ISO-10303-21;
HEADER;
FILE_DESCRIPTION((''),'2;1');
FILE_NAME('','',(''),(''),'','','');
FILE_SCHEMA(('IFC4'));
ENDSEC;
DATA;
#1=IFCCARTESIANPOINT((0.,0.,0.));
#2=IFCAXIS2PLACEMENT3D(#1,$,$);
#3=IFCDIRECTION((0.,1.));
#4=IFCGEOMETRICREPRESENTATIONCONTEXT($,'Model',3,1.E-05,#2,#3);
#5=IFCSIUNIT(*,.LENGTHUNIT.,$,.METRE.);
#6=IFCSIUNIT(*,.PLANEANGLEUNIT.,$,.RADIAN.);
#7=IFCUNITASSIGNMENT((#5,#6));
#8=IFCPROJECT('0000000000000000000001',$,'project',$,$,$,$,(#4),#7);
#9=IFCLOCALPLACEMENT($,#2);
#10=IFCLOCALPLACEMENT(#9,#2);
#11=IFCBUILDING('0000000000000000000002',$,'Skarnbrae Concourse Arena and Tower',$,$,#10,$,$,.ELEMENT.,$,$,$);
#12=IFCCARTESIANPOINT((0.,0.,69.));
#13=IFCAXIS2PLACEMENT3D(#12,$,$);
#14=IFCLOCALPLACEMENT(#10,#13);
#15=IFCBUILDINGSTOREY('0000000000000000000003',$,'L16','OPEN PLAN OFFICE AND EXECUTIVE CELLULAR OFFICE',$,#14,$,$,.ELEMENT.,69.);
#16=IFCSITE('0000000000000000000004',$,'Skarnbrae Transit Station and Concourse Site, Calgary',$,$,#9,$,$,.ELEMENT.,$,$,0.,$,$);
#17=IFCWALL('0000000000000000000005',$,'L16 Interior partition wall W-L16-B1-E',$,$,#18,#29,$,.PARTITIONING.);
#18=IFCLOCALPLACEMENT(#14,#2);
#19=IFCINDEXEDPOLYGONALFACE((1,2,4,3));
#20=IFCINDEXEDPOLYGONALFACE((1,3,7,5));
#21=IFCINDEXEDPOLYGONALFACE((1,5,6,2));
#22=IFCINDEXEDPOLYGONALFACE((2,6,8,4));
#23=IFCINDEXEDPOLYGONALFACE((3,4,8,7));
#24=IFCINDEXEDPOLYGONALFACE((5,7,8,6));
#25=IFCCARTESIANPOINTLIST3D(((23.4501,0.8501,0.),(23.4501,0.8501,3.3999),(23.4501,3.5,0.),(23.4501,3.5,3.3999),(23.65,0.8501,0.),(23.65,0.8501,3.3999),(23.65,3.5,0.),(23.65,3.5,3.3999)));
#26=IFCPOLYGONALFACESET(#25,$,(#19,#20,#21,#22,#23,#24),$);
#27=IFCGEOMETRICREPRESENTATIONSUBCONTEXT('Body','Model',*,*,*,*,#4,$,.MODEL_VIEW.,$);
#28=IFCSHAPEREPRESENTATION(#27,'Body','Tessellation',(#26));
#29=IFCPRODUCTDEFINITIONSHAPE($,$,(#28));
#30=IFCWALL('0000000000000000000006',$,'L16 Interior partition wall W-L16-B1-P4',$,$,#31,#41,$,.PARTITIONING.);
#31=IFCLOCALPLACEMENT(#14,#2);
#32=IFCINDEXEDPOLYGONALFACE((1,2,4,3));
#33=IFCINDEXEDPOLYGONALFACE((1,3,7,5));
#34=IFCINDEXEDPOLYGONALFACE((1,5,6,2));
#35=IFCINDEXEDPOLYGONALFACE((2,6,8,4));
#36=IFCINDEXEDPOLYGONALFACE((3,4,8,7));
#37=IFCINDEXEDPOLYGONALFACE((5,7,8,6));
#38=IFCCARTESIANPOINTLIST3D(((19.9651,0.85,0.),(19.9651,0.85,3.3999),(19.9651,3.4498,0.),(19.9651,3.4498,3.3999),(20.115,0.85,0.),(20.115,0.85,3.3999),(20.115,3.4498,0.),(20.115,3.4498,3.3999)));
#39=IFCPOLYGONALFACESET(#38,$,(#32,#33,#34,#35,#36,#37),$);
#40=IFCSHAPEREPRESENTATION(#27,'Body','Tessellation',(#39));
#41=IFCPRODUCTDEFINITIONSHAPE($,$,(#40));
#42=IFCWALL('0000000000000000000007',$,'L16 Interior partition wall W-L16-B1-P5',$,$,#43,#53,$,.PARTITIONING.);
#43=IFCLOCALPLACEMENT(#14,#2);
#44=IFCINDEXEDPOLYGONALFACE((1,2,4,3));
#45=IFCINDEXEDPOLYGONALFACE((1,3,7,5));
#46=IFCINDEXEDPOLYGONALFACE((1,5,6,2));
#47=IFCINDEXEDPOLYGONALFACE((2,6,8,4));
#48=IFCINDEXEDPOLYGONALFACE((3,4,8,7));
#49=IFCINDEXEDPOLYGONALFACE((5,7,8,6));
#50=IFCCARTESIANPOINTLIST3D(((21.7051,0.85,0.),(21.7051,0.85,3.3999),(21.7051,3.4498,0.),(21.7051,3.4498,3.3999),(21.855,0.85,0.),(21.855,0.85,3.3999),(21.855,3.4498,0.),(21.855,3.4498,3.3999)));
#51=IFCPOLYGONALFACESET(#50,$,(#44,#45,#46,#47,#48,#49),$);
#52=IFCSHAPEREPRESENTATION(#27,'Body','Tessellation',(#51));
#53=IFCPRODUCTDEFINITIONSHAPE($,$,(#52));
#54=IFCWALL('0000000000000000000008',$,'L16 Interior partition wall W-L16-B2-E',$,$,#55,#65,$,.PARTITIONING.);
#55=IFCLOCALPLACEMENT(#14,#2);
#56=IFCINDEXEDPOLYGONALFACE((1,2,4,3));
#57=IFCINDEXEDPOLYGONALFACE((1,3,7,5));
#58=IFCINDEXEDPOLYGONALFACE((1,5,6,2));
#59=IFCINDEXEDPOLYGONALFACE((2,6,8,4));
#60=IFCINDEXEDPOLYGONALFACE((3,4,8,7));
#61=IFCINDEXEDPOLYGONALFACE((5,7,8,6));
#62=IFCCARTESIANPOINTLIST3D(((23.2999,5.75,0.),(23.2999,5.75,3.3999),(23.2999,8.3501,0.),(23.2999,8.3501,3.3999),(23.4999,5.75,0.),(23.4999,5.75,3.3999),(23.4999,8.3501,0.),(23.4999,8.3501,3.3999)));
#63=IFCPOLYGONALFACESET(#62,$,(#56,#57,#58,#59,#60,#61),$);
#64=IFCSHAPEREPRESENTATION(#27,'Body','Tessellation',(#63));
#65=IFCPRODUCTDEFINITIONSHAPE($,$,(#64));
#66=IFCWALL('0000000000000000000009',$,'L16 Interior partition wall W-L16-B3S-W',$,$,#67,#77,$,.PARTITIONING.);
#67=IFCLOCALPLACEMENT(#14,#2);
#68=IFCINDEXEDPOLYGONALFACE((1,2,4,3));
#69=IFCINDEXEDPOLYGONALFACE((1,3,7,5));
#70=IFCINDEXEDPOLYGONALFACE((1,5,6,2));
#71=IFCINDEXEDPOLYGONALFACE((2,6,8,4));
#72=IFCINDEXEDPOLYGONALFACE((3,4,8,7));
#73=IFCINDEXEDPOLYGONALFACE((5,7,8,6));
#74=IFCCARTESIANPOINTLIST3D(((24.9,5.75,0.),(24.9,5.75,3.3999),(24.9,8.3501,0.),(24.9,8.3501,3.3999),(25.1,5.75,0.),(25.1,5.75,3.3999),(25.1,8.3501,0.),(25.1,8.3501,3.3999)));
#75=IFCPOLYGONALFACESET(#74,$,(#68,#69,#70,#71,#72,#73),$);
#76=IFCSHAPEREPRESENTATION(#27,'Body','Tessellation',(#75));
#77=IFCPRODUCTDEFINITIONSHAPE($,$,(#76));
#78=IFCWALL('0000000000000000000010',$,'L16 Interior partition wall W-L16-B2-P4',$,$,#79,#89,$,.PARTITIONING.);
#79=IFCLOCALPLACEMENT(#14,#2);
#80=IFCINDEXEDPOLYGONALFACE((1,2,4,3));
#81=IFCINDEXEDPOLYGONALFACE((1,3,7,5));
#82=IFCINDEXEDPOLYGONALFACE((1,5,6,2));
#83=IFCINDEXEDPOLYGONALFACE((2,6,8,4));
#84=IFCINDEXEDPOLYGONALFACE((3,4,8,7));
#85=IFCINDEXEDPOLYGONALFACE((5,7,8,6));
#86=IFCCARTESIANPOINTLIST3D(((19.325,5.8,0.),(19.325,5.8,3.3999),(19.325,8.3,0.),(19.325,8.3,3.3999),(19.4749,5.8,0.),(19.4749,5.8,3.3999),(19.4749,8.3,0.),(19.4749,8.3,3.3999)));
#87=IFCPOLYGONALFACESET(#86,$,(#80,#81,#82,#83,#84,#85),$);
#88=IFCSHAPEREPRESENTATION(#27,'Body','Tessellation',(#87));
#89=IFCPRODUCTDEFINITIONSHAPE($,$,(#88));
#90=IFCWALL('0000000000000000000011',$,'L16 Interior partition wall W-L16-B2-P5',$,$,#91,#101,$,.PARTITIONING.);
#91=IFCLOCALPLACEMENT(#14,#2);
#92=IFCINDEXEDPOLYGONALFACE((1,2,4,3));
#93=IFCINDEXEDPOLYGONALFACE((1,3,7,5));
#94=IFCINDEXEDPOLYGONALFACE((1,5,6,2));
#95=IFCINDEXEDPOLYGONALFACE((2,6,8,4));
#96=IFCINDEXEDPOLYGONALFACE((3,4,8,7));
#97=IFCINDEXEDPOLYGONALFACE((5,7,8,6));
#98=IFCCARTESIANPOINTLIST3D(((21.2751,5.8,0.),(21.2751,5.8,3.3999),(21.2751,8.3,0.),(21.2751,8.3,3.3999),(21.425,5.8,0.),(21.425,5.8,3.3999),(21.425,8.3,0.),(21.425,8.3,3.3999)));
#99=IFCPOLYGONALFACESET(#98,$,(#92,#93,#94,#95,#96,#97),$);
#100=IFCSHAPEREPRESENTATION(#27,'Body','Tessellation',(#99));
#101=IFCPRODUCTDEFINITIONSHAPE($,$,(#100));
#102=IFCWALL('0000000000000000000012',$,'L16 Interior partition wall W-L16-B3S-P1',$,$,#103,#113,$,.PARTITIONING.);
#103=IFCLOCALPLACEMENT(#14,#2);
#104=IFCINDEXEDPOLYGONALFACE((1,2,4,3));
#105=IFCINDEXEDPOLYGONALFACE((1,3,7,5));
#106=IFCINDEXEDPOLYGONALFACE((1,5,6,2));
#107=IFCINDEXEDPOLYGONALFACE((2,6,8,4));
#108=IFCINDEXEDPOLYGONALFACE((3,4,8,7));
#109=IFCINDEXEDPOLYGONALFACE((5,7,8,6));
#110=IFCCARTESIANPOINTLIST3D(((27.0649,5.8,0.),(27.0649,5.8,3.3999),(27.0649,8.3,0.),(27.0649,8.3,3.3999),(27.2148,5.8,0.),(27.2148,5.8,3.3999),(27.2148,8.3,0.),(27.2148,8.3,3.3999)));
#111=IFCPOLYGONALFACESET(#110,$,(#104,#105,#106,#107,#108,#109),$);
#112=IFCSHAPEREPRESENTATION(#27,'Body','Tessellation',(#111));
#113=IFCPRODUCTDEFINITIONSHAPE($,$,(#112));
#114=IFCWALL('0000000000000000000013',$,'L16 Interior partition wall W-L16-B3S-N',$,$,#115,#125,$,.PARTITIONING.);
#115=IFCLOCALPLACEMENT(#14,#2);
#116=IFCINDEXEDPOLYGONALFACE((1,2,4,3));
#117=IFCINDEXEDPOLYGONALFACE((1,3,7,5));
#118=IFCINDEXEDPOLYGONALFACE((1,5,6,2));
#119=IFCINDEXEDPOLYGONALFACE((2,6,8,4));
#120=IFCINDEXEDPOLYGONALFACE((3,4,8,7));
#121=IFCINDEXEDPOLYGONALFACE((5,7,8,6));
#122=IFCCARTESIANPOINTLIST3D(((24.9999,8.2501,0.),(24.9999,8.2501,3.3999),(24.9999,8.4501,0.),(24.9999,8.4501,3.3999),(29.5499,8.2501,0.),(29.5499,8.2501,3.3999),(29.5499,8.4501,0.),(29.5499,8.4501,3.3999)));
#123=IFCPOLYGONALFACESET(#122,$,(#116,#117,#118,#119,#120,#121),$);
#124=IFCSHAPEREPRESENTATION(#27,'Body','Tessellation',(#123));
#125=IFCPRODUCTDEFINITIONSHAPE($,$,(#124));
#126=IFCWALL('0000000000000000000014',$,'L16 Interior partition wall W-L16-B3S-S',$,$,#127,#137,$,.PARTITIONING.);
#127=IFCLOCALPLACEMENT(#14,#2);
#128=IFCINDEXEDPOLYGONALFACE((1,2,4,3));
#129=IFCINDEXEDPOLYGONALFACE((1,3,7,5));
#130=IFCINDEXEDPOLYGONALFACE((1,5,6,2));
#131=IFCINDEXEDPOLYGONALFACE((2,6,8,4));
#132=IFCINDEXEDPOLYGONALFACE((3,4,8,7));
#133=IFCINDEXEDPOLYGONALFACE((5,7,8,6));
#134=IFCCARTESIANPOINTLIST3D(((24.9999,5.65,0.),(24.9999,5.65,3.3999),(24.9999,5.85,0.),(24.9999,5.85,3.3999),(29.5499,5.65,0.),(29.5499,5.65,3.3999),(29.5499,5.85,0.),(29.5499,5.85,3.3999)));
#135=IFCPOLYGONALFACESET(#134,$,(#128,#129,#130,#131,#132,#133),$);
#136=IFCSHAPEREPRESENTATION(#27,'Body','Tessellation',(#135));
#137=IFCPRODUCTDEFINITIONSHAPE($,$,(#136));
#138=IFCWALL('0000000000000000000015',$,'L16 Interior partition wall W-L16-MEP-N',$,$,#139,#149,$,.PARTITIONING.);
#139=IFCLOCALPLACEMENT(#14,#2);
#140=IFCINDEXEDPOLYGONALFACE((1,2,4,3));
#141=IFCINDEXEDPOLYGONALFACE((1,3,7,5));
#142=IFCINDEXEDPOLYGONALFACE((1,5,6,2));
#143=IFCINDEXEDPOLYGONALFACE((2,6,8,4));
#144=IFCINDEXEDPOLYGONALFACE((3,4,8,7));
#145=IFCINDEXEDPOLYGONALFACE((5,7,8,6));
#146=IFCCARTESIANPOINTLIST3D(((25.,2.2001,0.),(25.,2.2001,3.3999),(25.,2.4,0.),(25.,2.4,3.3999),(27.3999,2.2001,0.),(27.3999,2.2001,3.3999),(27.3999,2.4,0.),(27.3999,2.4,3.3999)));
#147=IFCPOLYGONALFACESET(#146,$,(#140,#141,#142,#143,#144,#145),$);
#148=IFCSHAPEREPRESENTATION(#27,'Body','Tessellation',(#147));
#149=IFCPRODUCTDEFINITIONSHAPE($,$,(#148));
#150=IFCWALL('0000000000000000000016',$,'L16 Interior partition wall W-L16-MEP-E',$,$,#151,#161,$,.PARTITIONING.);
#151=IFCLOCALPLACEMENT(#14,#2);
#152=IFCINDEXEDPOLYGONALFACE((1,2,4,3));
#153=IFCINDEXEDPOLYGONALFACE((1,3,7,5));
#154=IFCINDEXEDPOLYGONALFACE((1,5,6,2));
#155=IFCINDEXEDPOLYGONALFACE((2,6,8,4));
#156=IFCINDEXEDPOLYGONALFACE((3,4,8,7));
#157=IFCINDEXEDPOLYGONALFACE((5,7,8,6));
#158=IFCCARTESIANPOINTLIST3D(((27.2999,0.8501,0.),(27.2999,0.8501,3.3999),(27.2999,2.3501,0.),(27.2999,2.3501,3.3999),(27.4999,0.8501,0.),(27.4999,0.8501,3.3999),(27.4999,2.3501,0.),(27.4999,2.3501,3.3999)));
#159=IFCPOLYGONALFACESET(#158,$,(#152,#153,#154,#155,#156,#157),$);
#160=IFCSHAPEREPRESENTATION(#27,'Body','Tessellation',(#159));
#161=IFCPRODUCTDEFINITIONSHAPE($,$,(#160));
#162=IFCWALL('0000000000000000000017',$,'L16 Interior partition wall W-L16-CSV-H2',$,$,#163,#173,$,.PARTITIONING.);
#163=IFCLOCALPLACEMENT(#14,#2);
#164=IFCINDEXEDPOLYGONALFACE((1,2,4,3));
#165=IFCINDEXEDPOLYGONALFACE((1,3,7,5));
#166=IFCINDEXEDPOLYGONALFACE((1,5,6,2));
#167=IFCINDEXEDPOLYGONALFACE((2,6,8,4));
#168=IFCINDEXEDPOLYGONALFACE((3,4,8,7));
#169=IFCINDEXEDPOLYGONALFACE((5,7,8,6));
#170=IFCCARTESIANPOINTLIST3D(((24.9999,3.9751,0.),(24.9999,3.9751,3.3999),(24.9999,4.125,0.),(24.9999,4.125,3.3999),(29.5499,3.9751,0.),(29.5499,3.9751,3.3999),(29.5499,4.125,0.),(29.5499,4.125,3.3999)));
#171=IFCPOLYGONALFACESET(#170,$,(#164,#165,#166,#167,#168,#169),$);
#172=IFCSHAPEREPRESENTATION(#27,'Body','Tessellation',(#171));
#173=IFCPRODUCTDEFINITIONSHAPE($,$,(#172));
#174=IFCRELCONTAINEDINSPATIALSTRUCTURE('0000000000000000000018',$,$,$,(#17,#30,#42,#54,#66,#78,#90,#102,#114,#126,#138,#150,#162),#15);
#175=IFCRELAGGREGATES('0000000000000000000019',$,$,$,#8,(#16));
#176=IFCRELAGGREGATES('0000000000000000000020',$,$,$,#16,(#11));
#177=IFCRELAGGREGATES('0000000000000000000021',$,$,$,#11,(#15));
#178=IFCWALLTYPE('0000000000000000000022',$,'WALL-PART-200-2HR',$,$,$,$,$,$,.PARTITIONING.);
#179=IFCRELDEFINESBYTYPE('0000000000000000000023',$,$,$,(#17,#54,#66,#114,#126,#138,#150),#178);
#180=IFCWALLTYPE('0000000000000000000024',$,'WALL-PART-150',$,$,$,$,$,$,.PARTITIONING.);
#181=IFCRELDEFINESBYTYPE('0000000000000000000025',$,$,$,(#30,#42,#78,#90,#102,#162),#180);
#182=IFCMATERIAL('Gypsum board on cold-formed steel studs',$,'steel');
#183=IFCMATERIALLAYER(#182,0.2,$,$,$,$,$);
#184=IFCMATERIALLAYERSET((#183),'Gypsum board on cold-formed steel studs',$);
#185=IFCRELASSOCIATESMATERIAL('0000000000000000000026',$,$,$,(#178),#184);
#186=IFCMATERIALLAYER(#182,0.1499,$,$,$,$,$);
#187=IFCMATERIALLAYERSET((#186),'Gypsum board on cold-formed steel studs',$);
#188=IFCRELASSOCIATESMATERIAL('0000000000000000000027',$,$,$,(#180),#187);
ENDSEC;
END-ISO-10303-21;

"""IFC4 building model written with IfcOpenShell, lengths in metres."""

from ifc_helpers import new_model, si_unit, direction, frame, frame_2d, origin, place, context, subcontext, project, spatial, rectangle, extrude, source, transform, mapped, material, layer, layer_set, type_object, element, save


model = new_model("IFC4")

# Units and contexts
model_context = context("Model", 3, precision=1e-05, world=origin(), true_north=direction((0.0, 1.0)))
body_context = subcontext(model_context, "Body", "Model", "MODEL_VIEW")
ifc_project = project(units=[si_unit("LENGTHUNIT", "METRE"), si_unit("PLANEANGLEUNIT", "RADIAN")], contexts=[model_context])

# Site, building, storey
site_placement = place(None, origin())
site = spatial("IfcSite", under=ifc_project, at=site_placement, Name="Skarnbrae Transit Station and Concourse Site, Calgary", CompositionType="ELEMENT", RefElevation=0.0)
building_placement = place(site_placement, origin())
building = spatial("IfcBuilding", under=site, at=building_placement, Name="Skarnbrae Concourse Arena and Tower", CompositionType="ELEMENT")
storey_placement = place(building_placement, frame((0.0, 0.0, 69.0)))
storey = spatial("IfcBuildingStorey", under=building, at=storey_placement, Name="L16", Description="OPEN PLAN OFFICE AND EXECUTIVE CELLULAR OFFICE", CompositionType="ELEMENT", Elevation=69.0)

# Walls
ifc_material_1 = material(Name="Gypsum board on cold-formed steel studs", Category="steel")
ifc_layer_1 = layer(ifc_material_1, 0.2)
ifc_layer_set_1 = layer_set([ifc_layer_1], Name="Gypsum board on cold-formed steel studs")
wall_type_1 = type_object("IfcWallType", Name="WALL-PART-200-2HR", PredefinedType="PARTITIONING", material=ifc_layer_set_1)
shared_shape_1 = source(origin(), body_context, "Body", "SweptSolid", [
    extrude(rectangle(XDim=2.6499, YDim=0.2, at=frame_2d((1.325, 0.0))), origin(), (0.0, 0.0, 1.0), 3.3999),
])
wall_1_placement = place(storey_placement, frame((23.55, 0.8501, 0.0), z_axis=(0.0, 0.0, 1.0), x_axis=(0.0, 1.0, 0.0)))
element("IfcWall", 1, at=wall_1_placement, inside=storey, type_object=wall_type_1, Name="L16 Interior partition wall W-L16-B1-E", PredefinedType="PARTITIONING", context=body_context, shape_type="MappedRepresentation", body=[
    mapped(shared_shape_1, transform((0.0, 0.0, 0.0))),
])
ifc_layer_2 = layer(ifc_material_1, 0.1499)
ifc_layer_set_2 = layer_set([ifc_layer_2], Name="Gypsum board on cold-formed steel studs")
wall_type_2 = type_object("IfcWallType", Name="WALL-PART-150", PredefinedType="PARTITIONING", material=ifc_layer_set_2)
shared_shape_2 = source(origin(), body_context, "Body", "SweptSolid", [
    extrude(rectangle(XDim=2.5999, YDim=0.1499, at=frame_2d((1.2998, 0.0))), origin(), (0.0, 0.0, 1.0), 3.3999),
])
for number, where, z_axis, x_axis, name in (
    (2, (20.04, 0.8501, 0.0), (0.0, 0.0, 1.0), (0.0, 1.0, 0.0), "L16 Interior partition wall W-L16-B1-P4"),
    (3, (21.78, 0.8501, 0.0), (0.0, 0.0, 1.0), (0.0, 1.0, 0.0), "L16 Interior partition wall W-L16-B1-P5"),
):
    element("IfcWall", number, at=place(storey_placement, frame(where, z_axis=z_axis, x_axis=x_axis)), inside=storey, type_object=wall_type_2, Name=name, PredefinedType="PARTITIONING", context=body_context, shape_type="MappedRepresentation", body=[
        mapped(shared_shape_2, transform((0.0, 0.0, 0.0))),
    ])
shared_shape_3 = source(origin(), body_context, "Body", "SweptSolid", [
    extrude(rectangle(XDim=2.6001, YDim=0.2, at=frame_2d((1.3, 0.0))), origin(), (0.0, 0.0, 1.0), 3.3999),
])
for number, where, z_axis, x_axis, name in (
    (4, (23.3999, 5.75, 0.0), (0.0, 0.0, 1.0), (0.0, 1.0, 0.0), "L16 Interior partition wall W-L16-B2-E"),
    (5, (25.0, 5.75, 0.0), (0.0, 0.0, 1.0), (0.0, 1.0, 0.0), "L16 Interior partition wall W-L16-B3S-W"),
):
    element("IfcWall", number, at=place(storey_placement, frame(where, z_axis=z_axis, x_axis=x_axis)), inside=storey, type_object=wall_type_1, Name=name, PredefinedType="PARTITIONING", context=body_context, shape_type="MappedRepresentation", body=[
        mapped(shared_shape_3, transform((0.0, 0.0, 0.0))),
    ])
shared_shape_4 = source(origin(), body_context, "Body", "SweptSolid", [
    extrude(rectangle(XDim=2.5, YDim=0.1499, at=frame_2d((1.25, 0.0))), origin(), (0.0, 0.0, 1.0), 3.3999),
])
for number, where, z_axis, x_axis, name in (
    (6, (19.3999, 5.8, 0.0), (0.0, 0.0, 1.0), (0.0, 1.0, 0.0), "L16 Interior partition wall W-L16-B2-P4"),
    (7, (21.3501, 5.8, 0.0), (0.0, 0.0, 1.0), (0.0, 1.0, 0.0), "L16 Interior partition wall W-L16-B2-P5"),
    (8, (27.1399, 5.8, 0.0), (0.0, 0.0, 1.0), (0.0, 1.0, 0.0), "L16 Interior partition wall W-L16-B3S-P1"),
):
    element("IfcWall", number, at=place(storey_placement, frame(where, z_axis=z_axis, x_axis=x_axis)), inside=storey, type_object=wall_type_2, Name=name, PredefinedType="PARTITIONING", context=body_context, shape_type="MappedRepresentation", body=[
        mapped(shared_shape_4, transform((0.0, 0.0, 0.0))),
    ])
shared_shape_5 = source(origin(), body_context, "Body", "SweptSolid", [
    extrude(rectangle(XDim=4.55, YDim=0.2, at=frame_2d((2.2749, 0.0))), origin(), (0.0, 0.0, 1.0), 3.3999),
])
for number, where, z_axis, x_axis, name in (
    (9, (25.0, 8.3501, 0.0), (0.0, 0.0, 1.0), (1.0, 0.0, 0.0), "L16 Interior partition wall W-L16-B3S-N"),
    (10, (25.0, 5.75, 0.0), (0.0, 0.0, 1.0), (1.0, 0.0, 0.0), "L16 Interior partition wall W-L16-B3S-S"),
):
    element("IfcWall", number, at=place(storey_placement, frame(where, z_axis=z_axis, x_axis=x_axis)), inside=storey, type_object=wall_type_1, Name=name, PredefinedType="PARTITIONING", context=body_context, shape_type="MappedRepresentation", body=[
        mapped(shared_shape_5, transform((0.0, 0.0, 0.0))),
    ])

# Walls
shared_shape_6 = source(origin(), body_context, "Body", "SweptSolid", [
    extrude(rectangle(XDim=2.3999, YDim=0.2, at=frame_2d((1.2, 0.0))), origin(), (0.0, 0.0, 1.0), 3.3999),
])
wall_2_placement = place(storey_placement, frame((25.0, 2.3, 0.0), z_axis=(0.0, 0.0, 1.0), x_axis=(1.0, 0.0, 0.0)))
element("IfcWall", 11, at=wall_2_placement, inside=storey, type_object=wall_type_1, Name="L16 Interior partition wall W-L16-MEP-N", PredefinedType="PARTITIONING", context=body_context, shape_type="MappedRepresentation", body=[
    mapped(shared_shape_6, transform((0.0, 0.0, 0.0))),
])
shared_shape_7 = source(origin(), body_context, "Body", "SweptSolid", [
    extrude(rectangle(XDim=1.5, YDim=0.2, at=frame_2d((0.75, 0.0))), origin(), (0.0, 0.0, 1.0), 3.3999),
])
wall_3_placement = place(storey_placement, frame((27.3999, 0.8501, 0.0), z_axis=(0.0, 0.0, 1.0), x_axis=(0.0, 1.0, 0.0)))
element("IfcWall", 12, at=wall_3_placement, inside=storey, type_object=wall_type_1, Name="L16 Interior partition wall W-L16-MEP-E", PredefinedType="PARTITIONING", context=body_context, shape_type="MappedRepresentation", body=[
    mapped(shared_shape_7, transform((0.0, 0.0, 0.0))),
])
shared_shape_8 = source(origin(), body_context, "Body", "SweptSolid", [
    extrude(rectangle(XDim=4.55, YDim=0.1499, at=frame_2d((2.2749, 0.0))), origin(), (0.0, 0.0, 1.0), 3.3999),
])
wall_4_placement = place(storey_placement, frame((25.0, 4.05, 0.0), z_axis=(0.0, 0.0, 1.0), x_axis=(1.0, 0.0, 0.0)))
element("IfcWall", 13, at=wall_4_placement, inside=storey, type_object=wall_type_2, Name="L16 Interior partition wall W-L16-CSV-H2", PredefinedType="PARTITIONING", context=body_context, shape_type="MappedRepresentation", body=[
    mapped(shared_shape_8, transform((0.0, 0.0, 0.0))),
])

save(model, "model.ifc")
